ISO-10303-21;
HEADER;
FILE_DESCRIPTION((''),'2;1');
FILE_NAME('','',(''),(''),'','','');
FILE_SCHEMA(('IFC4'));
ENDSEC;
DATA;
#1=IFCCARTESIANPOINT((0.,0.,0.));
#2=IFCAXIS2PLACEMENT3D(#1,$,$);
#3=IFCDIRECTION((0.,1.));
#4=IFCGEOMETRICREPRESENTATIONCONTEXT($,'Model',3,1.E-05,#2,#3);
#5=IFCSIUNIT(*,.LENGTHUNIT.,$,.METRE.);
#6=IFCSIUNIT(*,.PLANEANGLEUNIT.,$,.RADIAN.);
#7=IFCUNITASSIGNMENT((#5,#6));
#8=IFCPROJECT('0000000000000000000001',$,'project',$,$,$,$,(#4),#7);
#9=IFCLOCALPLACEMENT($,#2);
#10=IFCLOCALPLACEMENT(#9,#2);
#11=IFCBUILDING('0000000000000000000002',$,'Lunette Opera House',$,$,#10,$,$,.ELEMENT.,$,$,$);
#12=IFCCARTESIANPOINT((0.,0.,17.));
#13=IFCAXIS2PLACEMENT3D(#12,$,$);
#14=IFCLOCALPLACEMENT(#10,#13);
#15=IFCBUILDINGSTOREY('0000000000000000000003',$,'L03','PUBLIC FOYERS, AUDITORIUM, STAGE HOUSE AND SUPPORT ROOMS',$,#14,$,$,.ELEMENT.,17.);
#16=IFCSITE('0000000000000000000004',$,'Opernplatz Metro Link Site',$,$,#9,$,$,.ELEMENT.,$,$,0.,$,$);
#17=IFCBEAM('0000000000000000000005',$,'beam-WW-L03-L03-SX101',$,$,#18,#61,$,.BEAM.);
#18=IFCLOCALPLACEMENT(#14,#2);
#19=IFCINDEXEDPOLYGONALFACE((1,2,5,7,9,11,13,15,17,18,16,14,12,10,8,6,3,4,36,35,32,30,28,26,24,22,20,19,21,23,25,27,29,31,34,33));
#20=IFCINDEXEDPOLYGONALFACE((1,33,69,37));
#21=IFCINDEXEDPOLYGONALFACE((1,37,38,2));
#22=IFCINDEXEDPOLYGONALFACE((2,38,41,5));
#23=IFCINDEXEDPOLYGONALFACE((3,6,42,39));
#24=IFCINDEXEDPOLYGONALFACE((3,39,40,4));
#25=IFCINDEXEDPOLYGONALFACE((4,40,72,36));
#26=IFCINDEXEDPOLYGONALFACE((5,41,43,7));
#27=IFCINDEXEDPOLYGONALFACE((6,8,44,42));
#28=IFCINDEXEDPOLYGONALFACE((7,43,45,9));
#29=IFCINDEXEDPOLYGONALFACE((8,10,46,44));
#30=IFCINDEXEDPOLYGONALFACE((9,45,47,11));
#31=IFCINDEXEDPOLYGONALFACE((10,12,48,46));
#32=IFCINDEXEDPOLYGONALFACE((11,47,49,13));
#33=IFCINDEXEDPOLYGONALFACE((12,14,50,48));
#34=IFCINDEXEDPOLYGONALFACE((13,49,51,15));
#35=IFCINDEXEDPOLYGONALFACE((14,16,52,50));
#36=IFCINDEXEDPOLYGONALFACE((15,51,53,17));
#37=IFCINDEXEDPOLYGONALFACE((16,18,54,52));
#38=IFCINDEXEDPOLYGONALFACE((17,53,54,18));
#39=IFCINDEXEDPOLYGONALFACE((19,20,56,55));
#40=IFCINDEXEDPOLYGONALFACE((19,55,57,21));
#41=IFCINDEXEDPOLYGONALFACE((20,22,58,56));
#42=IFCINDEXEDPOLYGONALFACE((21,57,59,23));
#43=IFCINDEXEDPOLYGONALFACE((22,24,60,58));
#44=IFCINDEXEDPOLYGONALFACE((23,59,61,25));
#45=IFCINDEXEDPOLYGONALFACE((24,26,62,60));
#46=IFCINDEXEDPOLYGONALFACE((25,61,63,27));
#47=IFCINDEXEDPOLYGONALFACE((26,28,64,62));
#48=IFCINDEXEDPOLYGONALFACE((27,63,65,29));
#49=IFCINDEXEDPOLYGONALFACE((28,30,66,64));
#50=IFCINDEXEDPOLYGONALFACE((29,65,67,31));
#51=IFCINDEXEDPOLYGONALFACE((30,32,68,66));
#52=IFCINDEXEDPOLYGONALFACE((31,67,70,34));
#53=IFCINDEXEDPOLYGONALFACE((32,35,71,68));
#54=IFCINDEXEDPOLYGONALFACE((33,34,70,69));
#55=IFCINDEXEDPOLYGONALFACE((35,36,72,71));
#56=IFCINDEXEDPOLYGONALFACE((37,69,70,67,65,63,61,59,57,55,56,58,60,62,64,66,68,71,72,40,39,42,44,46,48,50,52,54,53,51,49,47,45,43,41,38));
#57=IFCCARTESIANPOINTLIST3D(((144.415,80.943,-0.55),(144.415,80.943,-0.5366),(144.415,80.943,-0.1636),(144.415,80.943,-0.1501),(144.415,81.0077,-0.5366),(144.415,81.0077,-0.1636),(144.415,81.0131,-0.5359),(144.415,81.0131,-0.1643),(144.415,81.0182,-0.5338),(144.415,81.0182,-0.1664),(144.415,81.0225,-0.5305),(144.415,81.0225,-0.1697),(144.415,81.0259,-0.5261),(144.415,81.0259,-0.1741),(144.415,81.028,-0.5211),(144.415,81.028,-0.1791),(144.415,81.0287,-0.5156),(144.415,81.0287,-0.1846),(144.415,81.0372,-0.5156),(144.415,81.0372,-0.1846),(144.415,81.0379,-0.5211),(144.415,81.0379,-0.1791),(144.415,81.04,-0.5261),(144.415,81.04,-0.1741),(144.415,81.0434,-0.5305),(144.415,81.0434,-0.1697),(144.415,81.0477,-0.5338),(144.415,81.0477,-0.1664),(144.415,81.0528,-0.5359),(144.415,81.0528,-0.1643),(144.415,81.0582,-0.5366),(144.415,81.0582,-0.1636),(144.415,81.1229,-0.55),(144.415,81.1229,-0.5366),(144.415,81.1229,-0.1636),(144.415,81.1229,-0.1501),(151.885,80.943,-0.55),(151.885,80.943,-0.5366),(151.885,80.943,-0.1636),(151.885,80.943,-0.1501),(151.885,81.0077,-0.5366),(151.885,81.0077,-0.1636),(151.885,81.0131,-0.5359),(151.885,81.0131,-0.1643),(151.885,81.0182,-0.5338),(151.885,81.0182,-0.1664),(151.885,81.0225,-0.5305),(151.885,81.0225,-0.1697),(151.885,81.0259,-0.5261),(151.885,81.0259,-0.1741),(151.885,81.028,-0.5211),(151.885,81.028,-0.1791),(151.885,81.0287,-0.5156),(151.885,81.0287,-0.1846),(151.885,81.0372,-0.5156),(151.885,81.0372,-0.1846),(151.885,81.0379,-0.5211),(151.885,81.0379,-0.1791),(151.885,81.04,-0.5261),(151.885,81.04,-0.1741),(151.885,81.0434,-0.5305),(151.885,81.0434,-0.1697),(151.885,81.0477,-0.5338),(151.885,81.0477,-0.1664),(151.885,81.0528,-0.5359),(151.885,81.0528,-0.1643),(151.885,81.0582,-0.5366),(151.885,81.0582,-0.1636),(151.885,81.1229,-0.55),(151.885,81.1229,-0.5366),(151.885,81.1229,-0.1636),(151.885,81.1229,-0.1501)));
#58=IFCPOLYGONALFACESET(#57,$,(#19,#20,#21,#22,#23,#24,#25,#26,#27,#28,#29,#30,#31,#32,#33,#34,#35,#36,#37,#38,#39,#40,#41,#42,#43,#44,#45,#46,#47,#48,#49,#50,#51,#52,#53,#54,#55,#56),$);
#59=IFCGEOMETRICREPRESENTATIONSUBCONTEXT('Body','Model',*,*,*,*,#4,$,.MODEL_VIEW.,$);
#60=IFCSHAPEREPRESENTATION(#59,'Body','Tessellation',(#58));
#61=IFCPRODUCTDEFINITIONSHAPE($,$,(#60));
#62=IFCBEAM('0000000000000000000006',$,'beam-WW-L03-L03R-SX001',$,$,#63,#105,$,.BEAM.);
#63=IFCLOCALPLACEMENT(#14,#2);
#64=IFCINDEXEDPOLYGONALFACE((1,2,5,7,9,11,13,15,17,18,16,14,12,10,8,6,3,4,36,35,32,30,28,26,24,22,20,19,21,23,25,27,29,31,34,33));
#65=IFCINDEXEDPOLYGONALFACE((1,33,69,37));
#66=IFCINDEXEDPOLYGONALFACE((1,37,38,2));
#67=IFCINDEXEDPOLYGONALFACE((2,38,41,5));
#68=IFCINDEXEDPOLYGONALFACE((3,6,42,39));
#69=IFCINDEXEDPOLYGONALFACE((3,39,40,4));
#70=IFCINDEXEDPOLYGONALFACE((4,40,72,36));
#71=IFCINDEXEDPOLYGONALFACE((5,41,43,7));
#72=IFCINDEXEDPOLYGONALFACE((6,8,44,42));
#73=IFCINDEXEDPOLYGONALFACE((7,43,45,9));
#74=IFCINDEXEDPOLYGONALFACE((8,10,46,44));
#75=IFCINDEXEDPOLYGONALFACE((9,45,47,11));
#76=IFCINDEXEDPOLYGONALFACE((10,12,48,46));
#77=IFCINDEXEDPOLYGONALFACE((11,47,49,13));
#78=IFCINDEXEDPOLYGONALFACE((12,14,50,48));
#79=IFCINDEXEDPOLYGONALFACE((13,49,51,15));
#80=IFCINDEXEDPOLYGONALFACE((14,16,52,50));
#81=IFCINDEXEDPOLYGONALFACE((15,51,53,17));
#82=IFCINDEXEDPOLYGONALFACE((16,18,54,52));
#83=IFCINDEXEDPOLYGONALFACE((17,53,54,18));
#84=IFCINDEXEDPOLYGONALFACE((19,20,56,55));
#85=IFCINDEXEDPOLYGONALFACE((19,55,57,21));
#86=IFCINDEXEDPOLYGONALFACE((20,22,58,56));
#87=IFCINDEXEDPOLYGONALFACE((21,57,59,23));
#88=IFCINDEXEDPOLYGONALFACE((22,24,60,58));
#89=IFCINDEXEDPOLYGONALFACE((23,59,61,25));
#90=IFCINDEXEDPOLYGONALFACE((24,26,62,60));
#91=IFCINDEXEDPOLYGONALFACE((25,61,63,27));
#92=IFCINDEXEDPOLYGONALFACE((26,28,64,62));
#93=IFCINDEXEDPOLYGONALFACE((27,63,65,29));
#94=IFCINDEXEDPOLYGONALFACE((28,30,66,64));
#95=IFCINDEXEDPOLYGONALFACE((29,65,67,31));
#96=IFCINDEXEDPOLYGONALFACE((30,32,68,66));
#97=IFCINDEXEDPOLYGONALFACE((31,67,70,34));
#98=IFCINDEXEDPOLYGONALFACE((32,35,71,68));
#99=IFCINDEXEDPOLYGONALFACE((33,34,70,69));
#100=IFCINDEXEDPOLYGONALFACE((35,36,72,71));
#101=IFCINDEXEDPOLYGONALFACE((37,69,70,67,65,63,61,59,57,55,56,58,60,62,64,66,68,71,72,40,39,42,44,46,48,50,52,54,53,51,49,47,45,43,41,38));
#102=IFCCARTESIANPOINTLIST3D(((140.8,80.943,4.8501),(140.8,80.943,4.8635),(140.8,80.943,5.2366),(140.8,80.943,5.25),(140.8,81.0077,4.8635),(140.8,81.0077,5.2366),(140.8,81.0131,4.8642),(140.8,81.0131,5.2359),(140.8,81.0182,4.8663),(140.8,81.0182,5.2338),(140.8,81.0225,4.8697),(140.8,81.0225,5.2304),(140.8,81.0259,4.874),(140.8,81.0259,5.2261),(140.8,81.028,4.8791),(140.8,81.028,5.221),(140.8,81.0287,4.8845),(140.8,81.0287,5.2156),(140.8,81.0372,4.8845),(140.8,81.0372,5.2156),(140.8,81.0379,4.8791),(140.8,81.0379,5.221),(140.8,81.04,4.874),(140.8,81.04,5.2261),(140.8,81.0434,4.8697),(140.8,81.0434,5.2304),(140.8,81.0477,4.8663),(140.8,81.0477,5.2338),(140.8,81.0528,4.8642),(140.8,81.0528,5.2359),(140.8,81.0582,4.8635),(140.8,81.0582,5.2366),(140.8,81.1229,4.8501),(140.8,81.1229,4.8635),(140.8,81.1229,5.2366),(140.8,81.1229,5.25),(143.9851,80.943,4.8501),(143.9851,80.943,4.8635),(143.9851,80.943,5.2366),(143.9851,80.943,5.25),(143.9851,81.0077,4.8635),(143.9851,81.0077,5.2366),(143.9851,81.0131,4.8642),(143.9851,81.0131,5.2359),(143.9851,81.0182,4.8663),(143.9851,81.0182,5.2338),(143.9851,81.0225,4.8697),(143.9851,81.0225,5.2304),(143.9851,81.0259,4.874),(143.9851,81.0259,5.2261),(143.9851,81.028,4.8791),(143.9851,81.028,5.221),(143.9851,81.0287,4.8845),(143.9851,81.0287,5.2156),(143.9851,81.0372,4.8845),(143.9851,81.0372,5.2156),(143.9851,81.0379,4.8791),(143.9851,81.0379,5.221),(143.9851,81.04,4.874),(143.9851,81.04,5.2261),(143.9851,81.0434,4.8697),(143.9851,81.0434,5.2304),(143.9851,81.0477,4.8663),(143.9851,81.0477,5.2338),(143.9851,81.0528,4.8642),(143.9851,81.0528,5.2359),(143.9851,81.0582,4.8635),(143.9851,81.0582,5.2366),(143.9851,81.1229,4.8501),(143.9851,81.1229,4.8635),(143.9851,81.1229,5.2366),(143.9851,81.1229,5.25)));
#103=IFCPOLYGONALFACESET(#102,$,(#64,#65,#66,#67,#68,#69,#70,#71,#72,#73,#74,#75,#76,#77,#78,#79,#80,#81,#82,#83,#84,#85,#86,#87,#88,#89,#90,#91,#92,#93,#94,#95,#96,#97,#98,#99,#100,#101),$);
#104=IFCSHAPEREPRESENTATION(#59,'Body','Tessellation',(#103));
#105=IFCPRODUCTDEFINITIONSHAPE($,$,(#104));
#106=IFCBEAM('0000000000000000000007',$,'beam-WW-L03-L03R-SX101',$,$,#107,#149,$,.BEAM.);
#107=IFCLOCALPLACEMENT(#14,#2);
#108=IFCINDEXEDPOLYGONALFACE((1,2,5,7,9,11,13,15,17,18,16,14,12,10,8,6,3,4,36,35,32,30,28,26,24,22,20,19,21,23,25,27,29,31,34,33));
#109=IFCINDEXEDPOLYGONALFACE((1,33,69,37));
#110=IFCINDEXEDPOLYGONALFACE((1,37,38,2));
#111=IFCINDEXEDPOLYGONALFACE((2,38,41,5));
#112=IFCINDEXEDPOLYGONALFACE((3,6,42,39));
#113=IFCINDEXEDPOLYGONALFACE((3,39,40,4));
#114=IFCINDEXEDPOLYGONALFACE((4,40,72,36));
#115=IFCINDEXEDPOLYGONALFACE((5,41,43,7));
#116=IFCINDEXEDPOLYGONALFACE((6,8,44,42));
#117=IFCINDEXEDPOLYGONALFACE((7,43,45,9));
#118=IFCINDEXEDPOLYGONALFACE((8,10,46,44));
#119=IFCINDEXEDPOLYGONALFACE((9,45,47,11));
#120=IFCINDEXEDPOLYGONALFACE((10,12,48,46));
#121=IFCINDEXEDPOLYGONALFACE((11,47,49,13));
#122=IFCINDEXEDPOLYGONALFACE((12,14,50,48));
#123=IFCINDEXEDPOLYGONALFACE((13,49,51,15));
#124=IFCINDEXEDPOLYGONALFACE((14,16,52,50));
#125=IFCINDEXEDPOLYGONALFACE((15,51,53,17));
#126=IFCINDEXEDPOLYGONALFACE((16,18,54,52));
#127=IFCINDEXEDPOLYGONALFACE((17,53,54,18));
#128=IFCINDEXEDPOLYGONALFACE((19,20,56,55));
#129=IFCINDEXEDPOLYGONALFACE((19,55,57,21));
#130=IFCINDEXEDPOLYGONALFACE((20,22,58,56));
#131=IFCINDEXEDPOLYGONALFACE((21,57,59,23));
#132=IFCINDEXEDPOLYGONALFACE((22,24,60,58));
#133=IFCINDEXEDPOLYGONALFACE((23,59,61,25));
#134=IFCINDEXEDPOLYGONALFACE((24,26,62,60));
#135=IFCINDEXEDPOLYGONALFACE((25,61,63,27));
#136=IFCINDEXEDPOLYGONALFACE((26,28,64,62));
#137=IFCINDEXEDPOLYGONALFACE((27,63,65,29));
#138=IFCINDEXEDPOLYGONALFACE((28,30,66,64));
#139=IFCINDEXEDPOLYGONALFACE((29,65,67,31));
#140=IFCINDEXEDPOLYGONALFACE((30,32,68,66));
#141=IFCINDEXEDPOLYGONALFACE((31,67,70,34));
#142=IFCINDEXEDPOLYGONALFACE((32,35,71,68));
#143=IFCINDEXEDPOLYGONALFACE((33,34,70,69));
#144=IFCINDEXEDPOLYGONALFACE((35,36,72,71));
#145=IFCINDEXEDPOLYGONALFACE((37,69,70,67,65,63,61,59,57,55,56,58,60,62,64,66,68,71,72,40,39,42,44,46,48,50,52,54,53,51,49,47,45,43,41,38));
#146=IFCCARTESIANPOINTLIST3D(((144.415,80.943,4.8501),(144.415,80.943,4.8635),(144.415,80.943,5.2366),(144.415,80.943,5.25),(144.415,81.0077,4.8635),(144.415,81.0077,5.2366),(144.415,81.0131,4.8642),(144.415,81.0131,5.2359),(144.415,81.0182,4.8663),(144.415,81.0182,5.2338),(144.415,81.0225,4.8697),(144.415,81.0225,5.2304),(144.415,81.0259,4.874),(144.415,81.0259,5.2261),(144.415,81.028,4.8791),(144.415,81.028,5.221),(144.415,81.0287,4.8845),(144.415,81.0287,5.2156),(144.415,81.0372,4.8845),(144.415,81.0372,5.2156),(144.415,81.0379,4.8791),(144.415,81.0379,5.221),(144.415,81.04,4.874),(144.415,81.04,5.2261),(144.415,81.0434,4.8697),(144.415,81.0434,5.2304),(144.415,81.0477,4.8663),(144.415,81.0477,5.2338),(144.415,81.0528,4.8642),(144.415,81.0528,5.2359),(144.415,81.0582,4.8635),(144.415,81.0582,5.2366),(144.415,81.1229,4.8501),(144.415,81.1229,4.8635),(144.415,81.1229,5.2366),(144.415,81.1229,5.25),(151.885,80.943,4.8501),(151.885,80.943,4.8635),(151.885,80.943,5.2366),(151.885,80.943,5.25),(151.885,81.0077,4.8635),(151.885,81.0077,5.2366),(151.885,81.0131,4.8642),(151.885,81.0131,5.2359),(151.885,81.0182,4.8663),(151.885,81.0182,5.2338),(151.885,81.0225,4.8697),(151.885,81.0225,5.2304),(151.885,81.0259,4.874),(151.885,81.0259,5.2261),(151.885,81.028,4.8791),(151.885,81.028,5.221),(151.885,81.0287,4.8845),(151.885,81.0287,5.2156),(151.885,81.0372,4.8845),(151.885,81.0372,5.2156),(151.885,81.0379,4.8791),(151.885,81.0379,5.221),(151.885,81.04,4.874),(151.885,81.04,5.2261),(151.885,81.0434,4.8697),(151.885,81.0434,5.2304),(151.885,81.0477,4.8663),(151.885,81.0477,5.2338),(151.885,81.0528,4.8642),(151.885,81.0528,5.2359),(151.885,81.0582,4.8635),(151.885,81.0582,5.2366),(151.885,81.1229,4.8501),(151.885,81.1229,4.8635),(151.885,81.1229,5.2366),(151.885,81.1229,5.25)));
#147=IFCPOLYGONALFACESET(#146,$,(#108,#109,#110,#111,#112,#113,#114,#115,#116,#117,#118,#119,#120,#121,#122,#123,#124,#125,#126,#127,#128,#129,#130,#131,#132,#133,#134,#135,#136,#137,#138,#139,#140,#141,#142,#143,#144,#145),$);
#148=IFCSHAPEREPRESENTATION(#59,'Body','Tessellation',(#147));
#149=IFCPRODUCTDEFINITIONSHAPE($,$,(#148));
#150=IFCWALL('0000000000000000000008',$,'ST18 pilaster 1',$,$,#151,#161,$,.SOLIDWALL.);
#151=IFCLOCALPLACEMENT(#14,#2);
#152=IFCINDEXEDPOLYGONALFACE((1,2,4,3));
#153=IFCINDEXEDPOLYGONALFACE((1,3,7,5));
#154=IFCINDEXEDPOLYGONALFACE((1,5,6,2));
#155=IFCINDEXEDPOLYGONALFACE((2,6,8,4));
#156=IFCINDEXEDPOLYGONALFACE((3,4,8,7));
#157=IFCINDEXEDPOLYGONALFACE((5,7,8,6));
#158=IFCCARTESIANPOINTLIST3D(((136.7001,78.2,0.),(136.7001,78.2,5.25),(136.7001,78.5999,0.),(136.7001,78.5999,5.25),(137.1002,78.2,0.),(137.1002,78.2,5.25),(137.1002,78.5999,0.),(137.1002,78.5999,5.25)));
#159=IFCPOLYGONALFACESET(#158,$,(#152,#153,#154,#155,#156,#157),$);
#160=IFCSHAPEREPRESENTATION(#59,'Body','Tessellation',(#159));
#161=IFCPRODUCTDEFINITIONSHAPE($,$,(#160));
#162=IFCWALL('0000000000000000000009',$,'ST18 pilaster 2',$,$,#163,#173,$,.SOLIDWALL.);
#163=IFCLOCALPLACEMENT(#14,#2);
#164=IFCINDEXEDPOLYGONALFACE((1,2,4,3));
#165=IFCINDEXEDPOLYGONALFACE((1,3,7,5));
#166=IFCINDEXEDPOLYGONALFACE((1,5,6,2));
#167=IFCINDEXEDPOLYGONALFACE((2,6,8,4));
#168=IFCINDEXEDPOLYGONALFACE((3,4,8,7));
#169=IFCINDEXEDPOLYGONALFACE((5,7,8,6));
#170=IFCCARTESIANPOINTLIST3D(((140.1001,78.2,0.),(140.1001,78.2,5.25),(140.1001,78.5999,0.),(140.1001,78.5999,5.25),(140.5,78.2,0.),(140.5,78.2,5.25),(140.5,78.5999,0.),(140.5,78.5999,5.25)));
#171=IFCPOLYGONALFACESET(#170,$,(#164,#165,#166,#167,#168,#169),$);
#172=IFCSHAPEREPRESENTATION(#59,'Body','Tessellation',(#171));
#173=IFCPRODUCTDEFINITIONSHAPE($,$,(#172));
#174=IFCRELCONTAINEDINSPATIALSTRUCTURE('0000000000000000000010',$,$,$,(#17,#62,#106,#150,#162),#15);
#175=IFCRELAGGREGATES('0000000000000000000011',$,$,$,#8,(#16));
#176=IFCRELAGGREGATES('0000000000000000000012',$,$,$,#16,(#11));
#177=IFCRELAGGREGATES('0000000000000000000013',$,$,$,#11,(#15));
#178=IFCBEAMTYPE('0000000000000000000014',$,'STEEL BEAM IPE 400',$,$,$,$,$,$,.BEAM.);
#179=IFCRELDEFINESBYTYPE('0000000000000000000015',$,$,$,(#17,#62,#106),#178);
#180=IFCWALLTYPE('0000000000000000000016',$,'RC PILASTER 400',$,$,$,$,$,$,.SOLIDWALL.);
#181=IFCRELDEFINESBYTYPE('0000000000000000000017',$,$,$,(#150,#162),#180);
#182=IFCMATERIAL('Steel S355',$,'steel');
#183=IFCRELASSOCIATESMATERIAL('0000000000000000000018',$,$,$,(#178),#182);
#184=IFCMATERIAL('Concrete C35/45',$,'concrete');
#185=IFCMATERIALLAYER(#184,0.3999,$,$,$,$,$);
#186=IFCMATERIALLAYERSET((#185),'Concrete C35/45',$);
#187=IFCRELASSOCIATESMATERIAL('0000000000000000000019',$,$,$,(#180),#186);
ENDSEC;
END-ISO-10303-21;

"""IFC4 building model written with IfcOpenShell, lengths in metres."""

from ifc_helpers import new_model, si_unit, direction, frame, frame_2d, origin, origin_2d, place, context, subcontext, project, spatial, rectangle, i_section, extrude, material, layer, layer_set, material_profile, profile_set, type_object, element, save


model = new_model("IFC4")

# Units and contexts
model_context = context("Model", 3, precision=1e-05, world=origin(), true_north=direction((0.0, 1.0)))
body_context = subcontext(model_context, "Body", "Model", "MODEL_VIEW")
ifc_project = project(units=[si_unit("LENGTHUNIT", "METRE"), si_unit("PLANEANGLEUNIT", "RADIAN")], contexts=[model_context])

# Site, building, storey
site_placement = place(None, origin())
site = spatial("IfcSite", under=ifc_project, at=site_placement, Name="Opernplatz Metro Link Site", CompositionType="ELEMENT", RefElevation=0.0)
building_placement = place(site_placement, origin())
building = spatial("IfcBuilding", under=site, at=building_placement, Name="Lunette Opera House", CompositionType="ELEMENT")
storey_placement = place(building_placement, frame((0.0, 0.0, 17.0)))
storey = spatial("IfcBuildingStorey", under=building, at=storey_placement, Name="L03", Description="PUBLIC FOYERS, AUDITORIUM, STAGE HOUSE AND SUPPORT ROOMS", CompositionType="ELEMENT", Elevation=17.0)

# Beams
ifc_material_1 = material(Name="Steel S355", Category="steel")
ifc_material_profile_1 = material_profile(ifc_material_1, i_section(OverallWidth=0.1799, OverallDepth=0.3999, WebThickness=0.0085, FlangeThickness=0.0134, FilletRadius=0.021, at=origin_2d()), Name="IPE 400")
ifc_profile_set_1 = profile_set([ifc_material_profile_1], Name="Steel S355")
beam_type_1 = type_object("IfcBeamType", Name="STEEL BEAM IPE 400", PredefinedType="BEAM", material=ifc_profile_set_1)
beam_1_placement = place(storey_placement, frame((144.415, 81.033, -0.3501), z_axis=(1.0, 0.0, 0.0), x_axis=(0.0, 1.0, 0.0)))
element("IfcBeam", 1, at=beam_1_placement, inside=storey, type_object=beam_type_1, Name="beam-WW-L03-L03-SX101", PredefinedType="BEAM", context=body_context, shape_type="SweptSolid", body=[
    extrude(i_section(OverallWidth=0.1799, OverallDepth=0.3999, WebThickness=0.0085, FlangeThickness=0.0134, FilletRadius=0.021, at=origin_2d()), origin(), (0.0, 0.0, 1.0), 7.47),
])
beam_2_placement = place(storey_placement, frame((140.8, 81.033, 5.05), z_axis=(1.0, 0.0, 0.0), x_axis=(0.0, 1.0, 0.0)))
element("IfcBeam", 2, at=beam_2_placement, inside=storey, type_object=beam_type_1, Name="beam-WW-L03-L03R-SX001", PredefinedType="BEAM", context=body_context, shape_type="SweptSolid", body=[
    extrude(i_section(OverallWidth=0.1799, OverallDepth=0.3999, WebThickness=0.0085, FlangeThickness=0.0134, FilletRadius=0.021, at=origin_2d()), origin(), (0.0, 0.0, 1.0), 3.1851),
])
beam_3_placement = place(storey_placement, frame((144.415, 81.033, 5.05), z_axis=(1.0, 0.0, 0.0), x_axis=(0.0, 1.0, 0.0)))
element("IfcBeam", 3, at=beam_3_placement, inside=storey, type_object=beam_type_1, Name="beam-WW-L03-L03R-SX101", PredefinedType="BEAM", context=body_context, shape_type="SweptSolid", body=[
    extrude(i_section(OverallWidth=0.1799, OverallDepth=0.3999, WebThickness=0.0085, FlangeThickness=0.0134, FilletRadius=0.021, at=origin_2d()), origin(), (0.0, 0.0, 1.0), 7.47),
])

# Walls
ifc_material_2 = material(Name="Concrete C35/45", Category="concrete")
ifc_layer_1 = layer(ifc_material_2, 0.3999)
ifc_layer_set_1 = layer_set([ifc_layer_1], Name="Concrete C35/45")
wall_type_1 = type_object("IfcWallType", Name="RC PILASTER 400", PredefinedType="SOLIDWALL", material=ifc_layer_set_1)
wall_1_placement = place(storey_placement, frame((136.7, 78.3999, 0.0), z_axis=(0.0, 0.0, 1.0), x_axis=(1.0, 0.0, 0.0)))
element("IfcWall", 4, at=wall_1_placement, inside=storey, type_object=wall_type_1, Name="ST18 pilaster 1", PredefinedType="SOLIDWALL", context=body_context, shape_type="SweptSolid", body=[
    extrude(rectangle(XDim=0.4001, YDim=0.3999, at=frame_2d((0.2002, 0.0))), origin(), (0.0, 0.0, 1.0), 5.25),
])
wall_2_placement = place(storey_placement, frame((140.1001, 78.3999, 0.0), z_axis=(0.0, 0.0, 1.0), x_axis=(1.0, 0.0, 0.0)))
element("IfcWall", 5, at=wall_2_placement, inside=storey, type_object=wall_type_1, Name="ST18 pilaster 2", PredefinedType="SOLIDWALL", context=body_context, shape_type="SweptSolid", body=[
    extrude(rectangle(XDim=0.3999, YDim=0.3999, at=frame_2d((0.2, 0.0))), origin(), (0.0, 0.0, 1.0), 5.25),
])

save(model, "model.ifc")
